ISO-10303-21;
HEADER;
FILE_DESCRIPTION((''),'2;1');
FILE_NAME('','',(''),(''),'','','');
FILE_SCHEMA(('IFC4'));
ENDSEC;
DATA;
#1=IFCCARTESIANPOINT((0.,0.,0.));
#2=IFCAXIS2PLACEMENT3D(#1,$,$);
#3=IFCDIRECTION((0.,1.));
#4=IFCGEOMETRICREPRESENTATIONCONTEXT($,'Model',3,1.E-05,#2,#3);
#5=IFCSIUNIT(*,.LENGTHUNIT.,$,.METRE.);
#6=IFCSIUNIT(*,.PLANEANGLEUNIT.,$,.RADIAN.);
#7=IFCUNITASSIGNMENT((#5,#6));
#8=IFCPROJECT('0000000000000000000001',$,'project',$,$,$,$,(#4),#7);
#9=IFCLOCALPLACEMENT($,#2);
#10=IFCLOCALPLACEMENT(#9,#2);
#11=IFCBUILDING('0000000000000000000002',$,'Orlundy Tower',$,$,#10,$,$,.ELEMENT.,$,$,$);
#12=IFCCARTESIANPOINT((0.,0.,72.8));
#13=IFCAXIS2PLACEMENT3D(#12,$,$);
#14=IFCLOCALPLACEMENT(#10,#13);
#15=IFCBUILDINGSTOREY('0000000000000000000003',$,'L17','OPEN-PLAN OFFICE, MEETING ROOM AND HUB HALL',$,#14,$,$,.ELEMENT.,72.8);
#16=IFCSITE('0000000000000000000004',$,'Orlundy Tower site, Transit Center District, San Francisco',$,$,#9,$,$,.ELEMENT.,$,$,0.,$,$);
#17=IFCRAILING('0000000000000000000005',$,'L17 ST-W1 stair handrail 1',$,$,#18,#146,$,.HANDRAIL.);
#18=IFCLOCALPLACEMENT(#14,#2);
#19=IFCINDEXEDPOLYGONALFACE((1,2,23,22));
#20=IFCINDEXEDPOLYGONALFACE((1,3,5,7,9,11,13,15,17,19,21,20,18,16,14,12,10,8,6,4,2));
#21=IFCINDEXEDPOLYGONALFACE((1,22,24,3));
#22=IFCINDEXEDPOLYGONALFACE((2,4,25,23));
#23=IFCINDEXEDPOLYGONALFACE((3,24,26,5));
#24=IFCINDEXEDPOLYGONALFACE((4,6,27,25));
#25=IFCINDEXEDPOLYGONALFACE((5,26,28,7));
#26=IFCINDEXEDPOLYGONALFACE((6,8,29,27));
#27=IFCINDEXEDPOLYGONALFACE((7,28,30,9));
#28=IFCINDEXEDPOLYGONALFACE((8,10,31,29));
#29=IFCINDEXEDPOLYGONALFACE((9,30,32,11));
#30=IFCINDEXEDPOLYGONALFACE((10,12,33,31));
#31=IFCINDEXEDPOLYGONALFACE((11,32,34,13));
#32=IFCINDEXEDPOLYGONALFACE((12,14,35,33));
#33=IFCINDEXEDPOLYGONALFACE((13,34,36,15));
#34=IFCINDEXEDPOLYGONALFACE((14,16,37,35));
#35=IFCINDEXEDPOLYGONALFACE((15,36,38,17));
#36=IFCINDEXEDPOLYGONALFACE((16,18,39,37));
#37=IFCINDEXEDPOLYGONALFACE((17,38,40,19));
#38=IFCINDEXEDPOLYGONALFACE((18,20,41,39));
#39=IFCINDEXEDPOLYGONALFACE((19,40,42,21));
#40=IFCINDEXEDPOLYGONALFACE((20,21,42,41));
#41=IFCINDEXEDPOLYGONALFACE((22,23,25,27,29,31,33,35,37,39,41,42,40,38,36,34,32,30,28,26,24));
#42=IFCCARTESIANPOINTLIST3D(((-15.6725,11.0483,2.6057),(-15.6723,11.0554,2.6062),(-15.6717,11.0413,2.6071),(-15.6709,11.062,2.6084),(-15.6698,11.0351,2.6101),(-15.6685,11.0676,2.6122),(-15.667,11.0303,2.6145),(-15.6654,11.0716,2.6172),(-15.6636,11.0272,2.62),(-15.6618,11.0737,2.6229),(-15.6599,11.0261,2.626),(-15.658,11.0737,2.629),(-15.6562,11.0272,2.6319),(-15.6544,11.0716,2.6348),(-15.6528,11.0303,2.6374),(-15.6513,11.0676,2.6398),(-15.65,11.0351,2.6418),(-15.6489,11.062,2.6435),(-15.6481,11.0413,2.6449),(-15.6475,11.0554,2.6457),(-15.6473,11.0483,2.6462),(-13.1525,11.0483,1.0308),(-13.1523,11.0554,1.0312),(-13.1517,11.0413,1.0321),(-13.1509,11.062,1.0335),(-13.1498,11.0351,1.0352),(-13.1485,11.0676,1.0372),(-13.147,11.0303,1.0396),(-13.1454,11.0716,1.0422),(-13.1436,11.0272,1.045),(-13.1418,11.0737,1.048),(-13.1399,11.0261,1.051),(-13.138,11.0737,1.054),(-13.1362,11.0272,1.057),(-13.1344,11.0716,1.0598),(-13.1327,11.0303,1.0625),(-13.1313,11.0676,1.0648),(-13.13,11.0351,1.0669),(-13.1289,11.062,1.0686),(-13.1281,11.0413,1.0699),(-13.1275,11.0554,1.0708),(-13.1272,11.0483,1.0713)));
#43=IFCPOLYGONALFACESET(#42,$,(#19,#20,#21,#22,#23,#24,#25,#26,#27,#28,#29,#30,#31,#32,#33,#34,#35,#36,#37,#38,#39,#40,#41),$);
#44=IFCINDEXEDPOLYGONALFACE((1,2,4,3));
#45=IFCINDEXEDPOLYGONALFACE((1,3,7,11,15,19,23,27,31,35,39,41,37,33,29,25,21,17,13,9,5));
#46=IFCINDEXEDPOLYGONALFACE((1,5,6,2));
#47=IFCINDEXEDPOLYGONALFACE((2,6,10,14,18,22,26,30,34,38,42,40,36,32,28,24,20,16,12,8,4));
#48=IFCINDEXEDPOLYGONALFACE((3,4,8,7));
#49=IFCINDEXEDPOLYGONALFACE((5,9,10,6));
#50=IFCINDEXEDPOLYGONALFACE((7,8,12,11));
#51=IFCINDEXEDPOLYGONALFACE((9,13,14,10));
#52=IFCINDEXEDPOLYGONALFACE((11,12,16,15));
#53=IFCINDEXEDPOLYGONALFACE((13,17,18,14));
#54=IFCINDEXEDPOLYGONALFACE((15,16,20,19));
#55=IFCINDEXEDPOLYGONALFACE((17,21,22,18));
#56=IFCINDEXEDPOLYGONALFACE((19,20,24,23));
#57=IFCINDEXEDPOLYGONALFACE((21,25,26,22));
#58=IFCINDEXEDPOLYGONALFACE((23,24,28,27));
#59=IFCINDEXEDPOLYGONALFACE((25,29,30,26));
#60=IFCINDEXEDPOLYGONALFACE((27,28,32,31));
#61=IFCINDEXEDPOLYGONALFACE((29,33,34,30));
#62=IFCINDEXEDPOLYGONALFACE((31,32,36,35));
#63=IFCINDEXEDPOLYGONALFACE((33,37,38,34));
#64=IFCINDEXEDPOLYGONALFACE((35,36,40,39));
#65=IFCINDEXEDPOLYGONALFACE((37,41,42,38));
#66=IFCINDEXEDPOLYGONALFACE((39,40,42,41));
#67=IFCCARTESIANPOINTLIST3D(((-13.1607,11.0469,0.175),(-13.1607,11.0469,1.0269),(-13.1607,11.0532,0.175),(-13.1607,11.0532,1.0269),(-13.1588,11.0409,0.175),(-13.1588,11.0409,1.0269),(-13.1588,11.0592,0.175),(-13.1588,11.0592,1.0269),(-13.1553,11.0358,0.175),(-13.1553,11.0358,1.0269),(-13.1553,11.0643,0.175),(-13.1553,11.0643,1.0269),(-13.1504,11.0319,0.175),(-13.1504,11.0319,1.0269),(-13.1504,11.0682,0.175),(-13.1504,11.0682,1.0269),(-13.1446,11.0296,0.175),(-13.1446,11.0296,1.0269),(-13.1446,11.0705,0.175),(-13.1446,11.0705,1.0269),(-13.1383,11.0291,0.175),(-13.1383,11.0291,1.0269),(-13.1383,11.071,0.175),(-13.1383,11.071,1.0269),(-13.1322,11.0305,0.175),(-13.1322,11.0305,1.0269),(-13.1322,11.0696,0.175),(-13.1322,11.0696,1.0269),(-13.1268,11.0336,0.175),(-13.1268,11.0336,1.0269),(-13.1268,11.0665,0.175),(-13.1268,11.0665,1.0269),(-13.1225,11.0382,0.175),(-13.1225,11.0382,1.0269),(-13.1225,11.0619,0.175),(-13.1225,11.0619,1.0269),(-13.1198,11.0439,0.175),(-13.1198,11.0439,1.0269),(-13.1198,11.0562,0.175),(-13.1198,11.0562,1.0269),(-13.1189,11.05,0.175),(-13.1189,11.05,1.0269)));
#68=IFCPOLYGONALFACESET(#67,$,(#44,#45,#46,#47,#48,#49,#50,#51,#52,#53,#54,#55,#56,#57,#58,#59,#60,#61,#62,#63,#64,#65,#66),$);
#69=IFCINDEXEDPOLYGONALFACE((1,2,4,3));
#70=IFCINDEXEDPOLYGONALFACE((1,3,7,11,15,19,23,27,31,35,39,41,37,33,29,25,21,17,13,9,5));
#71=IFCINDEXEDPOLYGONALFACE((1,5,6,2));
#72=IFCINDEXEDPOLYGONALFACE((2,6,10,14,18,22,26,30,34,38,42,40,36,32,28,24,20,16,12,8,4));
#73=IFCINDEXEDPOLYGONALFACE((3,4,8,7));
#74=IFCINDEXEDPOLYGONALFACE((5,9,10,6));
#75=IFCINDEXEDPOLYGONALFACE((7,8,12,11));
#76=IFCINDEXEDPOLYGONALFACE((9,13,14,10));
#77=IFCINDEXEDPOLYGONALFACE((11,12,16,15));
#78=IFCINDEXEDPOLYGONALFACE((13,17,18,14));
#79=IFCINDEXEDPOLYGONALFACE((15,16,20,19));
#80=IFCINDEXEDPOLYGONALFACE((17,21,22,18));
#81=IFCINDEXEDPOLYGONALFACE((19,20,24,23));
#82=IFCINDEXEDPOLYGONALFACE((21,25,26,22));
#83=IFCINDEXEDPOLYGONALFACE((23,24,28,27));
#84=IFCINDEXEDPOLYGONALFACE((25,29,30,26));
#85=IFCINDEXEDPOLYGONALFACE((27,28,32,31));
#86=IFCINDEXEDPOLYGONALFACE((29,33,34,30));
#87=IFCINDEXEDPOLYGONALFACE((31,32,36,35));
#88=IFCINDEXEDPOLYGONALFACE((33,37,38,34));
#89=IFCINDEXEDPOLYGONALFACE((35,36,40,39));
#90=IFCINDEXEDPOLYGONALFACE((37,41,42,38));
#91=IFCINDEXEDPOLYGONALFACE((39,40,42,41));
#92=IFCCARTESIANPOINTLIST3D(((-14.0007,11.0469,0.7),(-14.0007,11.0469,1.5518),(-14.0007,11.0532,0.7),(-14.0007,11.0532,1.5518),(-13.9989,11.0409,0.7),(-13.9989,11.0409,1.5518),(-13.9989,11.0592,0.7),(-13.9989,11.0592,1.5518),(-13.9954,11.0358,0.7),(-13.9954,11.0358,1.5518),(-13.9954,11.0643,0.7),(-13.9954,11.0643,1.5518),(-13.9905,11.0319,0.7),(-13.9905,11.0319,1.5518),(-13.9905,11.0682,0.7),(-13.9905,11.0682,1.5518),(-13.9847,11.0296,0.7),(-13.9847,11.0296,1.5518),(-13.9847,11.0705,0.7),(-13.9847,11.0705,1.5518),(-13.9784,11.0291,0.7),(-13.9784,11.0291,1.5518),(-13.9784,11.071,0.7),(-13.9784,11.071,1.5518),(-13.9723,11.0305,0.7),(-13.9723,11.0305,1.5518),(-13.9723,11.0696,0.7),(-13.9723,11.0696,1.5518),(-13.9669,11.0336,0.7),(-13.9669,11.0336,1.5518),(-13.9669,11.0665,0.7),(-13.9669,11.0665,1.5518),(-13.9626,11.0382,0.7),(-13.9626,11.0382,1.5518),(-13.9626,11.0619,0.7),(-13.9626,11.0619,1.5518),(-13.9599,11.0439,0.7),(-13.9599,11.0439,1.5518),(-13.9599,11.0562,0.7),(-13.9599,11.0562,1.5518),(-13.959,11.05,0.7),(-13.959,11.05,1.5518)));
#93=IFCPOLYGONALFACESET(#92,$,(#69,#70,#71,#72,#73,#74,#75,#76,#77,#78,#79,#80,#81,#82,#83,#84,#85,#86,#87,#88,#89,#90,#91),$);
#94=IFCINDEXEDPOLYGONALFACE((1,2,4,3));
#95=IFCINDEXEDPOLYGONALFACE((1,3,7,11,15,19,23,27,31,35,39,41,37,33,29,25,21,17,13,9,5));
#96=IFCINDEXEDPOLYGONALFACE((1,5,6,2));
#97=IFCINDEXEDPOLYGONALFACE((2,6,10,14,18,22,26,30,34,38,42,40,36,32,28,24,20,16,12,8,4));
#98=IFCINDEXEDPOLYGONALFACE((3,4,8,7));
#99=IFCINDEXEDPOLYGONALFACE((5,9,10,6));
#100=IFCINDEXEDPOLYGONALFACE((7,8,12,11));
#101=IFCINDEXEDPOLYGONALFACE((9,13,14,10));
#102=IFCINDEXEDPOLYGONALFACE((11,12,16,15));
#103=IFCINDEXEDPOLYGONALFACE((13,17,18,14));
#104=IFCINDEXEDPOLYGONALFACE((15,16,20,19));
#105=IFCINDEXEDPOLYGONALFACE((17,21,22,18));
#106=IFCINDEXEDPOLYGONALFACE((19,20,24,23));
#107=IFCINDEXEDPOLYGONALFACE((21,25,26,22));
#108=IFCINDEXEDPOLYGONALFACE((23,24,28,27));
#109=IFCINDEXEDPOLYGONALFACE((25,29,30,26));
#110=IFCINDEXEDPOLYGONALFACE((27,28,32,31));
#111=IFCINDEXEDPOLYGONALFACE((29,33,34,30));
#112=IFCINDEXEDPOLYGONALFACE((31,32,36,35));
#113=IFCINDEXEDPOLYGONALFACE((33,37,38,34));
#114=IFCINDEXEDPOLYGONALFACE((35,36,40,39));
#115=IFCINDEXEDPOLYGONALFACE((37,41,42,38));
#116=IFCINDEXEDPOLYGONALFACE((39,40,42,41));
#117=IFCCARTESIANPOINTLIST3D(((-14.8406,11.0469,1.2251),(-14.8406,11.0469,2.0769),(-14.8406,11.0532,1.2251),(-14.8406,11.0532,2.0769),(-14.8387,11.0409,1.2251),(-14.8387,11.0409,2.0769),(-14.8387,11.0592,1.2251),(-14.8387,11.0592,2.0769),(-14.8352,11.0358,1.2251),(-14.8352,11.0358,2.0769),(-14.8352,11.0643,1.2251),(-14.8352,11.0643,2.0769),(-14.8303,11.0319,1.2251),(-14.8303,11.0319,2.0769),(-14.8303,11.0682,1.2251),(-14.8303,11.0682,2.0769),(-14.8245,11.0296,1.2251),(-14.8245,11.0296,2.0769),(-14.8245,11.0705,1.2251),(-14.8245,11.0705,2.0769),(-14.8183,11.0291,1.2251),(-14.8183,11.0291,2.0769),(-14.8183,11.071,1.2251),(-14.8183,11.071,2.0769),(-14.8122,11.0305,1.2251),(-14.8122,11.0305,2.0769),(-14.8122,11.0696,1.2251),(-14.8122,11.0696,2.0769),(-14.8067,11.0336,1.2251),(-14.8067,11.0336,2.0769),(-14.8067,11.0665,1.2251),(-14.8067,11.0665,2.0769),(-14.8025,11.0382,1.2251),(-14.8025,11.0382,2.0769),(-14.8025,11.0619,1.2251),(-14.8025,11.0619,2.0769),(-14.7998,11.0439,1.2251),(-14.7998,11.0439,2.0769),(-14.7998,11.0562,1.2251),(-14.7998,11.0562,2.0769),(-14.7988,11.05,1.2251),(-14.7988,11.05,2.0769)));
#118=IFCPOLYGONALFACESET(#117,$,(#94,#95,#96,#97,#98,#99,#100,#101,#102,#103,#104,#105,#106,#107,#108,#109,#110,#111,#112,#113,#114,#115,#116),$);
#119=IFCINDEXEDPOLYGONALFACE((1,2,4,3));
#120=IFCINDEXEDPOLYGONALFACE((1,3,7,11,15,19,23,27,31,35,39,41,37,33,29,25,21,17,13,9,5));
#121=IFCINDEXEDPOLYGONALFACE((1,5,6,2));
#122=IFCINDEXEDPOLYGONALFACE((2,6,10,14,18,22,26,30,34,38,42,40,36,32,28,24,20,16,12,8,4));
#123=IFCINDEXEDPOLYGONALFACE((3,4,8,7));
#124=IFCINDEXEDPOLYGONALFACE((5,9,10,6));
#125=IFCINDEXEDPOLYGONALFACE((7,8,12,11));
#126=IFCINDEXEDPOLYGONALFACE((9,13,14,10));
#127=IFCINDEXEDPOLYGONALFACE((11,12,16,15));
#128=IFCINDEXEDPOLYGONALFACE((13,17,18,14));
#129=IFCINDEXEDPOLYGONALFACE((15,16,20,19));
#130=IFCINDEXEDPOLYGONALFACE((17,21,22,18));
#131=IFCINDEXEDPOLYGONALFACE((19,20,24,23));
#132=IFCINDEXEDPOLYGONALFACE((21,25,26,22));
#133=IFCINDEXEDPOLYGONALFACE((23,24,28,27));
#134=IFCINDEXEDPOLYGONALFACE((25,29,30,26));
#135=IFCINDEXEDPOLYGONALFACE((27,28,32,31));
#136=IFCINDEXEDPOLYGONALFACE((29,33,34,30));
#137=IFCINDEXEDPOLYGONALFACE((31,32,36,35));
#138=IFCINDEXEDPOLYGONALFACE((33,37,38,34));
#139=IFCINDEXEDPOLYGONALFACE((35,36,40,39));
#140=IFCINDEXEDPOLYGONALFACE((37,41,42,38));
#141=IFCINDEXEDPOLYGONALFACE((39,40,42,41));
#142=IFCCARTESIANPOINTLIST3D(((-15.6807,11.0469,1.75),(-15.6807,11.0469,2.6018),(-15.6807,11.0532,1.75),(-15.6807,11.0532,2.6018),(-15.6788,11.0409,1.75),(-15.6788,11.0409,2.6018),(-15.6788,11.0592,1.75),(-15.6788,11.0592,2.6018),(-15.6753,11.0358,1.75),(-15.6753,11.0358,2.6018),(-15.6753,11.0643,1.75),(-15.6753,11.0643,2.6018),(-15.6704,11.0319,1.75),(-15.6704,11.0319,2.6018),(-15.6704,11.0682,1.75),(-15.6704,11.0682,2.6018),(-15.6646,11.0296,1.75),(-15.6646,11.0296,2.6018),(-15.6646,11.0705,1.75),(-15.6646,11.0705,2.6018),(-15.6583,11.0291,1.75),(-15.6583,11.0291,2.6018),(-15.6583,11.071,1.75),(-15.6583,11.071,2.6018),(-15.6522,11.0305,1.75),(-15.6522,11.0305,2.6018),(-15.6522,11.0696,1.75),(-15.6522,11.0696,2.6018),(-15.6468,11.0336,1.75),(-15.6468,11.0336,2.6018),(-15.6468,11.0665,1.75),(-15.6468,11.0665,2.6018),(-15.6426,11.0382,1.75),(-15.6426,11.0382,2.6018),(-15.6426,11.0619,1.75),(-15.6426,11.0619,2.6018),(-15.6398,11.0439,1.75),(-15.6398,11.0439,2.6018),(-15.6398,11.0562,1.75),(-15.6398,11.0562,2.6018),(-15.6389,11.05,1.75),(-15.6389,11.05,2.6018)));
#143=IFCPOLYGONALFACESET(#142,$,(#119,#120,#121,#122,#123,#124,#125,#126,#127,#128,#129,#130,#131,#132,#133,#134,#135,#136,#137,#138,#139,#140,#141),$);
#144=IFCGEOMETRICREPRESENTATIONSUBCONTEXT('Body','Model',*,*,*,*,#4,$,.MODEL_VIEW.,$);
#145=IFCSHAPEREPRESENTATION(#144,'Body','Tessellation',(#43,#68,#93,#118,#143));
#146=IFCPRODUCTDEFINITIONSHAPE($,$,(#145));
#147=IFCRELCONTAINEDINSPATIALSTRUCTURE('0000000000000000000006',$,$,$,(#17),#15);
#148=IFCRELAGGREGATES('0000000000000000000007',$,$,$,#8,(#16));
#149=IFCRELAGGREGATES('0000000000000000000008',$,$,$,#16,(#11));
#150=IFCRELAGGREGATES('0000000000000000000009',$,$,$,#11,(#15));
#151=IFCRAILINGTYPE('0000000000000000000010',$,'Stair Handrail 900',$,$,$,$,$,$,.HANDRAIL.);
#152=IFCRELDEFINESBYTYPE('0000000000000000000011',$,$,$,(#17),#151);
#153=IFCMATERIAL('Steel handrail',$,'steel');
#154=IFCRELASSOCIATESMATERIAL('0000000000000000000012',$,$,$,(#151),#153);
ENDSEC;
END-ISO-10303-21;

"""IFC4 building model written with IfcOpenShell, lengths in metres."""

from ifc_helpers import new_model, si_unit, direction, frame, origin, origin_2d, place, context, subcontext, project, spatial, circle, extrude, material, type_object, element, save


model = new_model("IFC4")

# Units and contexts
model_context = context("Model", 3, precision=1e-05, world=origin(), true_north=direction((0.0, 1.0)))
body_context = subcontext(model_context, "Body", "Model", "MODEL_VIEW")
ifc_project = project(units=[si_unit("LENGTHUNIT", "METRE"), si_unit("PLANEANGLEUNIT", "RADIAN")], contexts=[model_context])

# Site, building, storey
site_placement = place(None, origin())
site = spatial("IfcSite", under=ifc_project, at=site_placement, Name="Orlundy Tower site, Transit Center District, San Francisco", CompositionType="ELEMENT", RefElevation=0.0)
building_placement = place(site_placement, origin())
building = spatial("IfcBuilding", under=site, at=building_placement, Name="Orlundy Tower", CompositionType="ELEMENT")
storey_placement = place(building_placement, frame((0.0, 0.0, 72.8)))
storey = spatial("IfcBuildingStorey", under=building, at=storey_placement, Name="L17", Description="OPEN-PLAN OFFICE, MEETING ROOM AND HUB HALL", CompositionType="ELEMENT", Elevation=72.8)

# Railing
ifc_material_1 = material(Name="Steel handrail", Category="steel")
railing_type_1 = type_object("IfcRailingType", Name="Stair Handrail 900", PredefinedType="HANDRAIL", material=ifc_material_1)
railing_1_placement = place(storey_placement, frame((-13.1399, 11.05, 0.175)))
element("IfcRailing", 1, at=railing_1_placement, inside=storey, type_object=railing_type_1, Name="L17 ST-W1 stair handrail 1", PredefinedType="HANDRAIL", context=body_context, shape_type="SweptSolid", body=[
    extrude(circle(Radius=0.0239, at=origin_2d()), frame((0.0, 0.0, 0.876), z_axis=(-0.848008, 0.0, 0.529984), x_axis=(0.0, -1.0, 0.0)), (0.0, 0.0, 1.0), 2.9717),
    extrude(circle(Radius=0.021, at=origin_2d()), origin(), (0.0, 0.0, 1.0), 0.8518),
    extrude(circle(Radius=0.021, at=origin_2d()), frame((-0.8401, 0.0, 0.5249)), (0.0, 0.0, 1.0), 0.8518),
    extrude(circle(Radius=0.021, at=origin_2d()), frame((-1.6799, 0.0, 1.05)), (0.0, 0.0, 1.0), 0.8518),
    extrude(circle(Radius=0.021, at=origin_2d()), frame((-2.52, 0.0, 1.575)), (0.0, 0.0, 1.0), 0.8518),
])

save(model, "model.ifc")
